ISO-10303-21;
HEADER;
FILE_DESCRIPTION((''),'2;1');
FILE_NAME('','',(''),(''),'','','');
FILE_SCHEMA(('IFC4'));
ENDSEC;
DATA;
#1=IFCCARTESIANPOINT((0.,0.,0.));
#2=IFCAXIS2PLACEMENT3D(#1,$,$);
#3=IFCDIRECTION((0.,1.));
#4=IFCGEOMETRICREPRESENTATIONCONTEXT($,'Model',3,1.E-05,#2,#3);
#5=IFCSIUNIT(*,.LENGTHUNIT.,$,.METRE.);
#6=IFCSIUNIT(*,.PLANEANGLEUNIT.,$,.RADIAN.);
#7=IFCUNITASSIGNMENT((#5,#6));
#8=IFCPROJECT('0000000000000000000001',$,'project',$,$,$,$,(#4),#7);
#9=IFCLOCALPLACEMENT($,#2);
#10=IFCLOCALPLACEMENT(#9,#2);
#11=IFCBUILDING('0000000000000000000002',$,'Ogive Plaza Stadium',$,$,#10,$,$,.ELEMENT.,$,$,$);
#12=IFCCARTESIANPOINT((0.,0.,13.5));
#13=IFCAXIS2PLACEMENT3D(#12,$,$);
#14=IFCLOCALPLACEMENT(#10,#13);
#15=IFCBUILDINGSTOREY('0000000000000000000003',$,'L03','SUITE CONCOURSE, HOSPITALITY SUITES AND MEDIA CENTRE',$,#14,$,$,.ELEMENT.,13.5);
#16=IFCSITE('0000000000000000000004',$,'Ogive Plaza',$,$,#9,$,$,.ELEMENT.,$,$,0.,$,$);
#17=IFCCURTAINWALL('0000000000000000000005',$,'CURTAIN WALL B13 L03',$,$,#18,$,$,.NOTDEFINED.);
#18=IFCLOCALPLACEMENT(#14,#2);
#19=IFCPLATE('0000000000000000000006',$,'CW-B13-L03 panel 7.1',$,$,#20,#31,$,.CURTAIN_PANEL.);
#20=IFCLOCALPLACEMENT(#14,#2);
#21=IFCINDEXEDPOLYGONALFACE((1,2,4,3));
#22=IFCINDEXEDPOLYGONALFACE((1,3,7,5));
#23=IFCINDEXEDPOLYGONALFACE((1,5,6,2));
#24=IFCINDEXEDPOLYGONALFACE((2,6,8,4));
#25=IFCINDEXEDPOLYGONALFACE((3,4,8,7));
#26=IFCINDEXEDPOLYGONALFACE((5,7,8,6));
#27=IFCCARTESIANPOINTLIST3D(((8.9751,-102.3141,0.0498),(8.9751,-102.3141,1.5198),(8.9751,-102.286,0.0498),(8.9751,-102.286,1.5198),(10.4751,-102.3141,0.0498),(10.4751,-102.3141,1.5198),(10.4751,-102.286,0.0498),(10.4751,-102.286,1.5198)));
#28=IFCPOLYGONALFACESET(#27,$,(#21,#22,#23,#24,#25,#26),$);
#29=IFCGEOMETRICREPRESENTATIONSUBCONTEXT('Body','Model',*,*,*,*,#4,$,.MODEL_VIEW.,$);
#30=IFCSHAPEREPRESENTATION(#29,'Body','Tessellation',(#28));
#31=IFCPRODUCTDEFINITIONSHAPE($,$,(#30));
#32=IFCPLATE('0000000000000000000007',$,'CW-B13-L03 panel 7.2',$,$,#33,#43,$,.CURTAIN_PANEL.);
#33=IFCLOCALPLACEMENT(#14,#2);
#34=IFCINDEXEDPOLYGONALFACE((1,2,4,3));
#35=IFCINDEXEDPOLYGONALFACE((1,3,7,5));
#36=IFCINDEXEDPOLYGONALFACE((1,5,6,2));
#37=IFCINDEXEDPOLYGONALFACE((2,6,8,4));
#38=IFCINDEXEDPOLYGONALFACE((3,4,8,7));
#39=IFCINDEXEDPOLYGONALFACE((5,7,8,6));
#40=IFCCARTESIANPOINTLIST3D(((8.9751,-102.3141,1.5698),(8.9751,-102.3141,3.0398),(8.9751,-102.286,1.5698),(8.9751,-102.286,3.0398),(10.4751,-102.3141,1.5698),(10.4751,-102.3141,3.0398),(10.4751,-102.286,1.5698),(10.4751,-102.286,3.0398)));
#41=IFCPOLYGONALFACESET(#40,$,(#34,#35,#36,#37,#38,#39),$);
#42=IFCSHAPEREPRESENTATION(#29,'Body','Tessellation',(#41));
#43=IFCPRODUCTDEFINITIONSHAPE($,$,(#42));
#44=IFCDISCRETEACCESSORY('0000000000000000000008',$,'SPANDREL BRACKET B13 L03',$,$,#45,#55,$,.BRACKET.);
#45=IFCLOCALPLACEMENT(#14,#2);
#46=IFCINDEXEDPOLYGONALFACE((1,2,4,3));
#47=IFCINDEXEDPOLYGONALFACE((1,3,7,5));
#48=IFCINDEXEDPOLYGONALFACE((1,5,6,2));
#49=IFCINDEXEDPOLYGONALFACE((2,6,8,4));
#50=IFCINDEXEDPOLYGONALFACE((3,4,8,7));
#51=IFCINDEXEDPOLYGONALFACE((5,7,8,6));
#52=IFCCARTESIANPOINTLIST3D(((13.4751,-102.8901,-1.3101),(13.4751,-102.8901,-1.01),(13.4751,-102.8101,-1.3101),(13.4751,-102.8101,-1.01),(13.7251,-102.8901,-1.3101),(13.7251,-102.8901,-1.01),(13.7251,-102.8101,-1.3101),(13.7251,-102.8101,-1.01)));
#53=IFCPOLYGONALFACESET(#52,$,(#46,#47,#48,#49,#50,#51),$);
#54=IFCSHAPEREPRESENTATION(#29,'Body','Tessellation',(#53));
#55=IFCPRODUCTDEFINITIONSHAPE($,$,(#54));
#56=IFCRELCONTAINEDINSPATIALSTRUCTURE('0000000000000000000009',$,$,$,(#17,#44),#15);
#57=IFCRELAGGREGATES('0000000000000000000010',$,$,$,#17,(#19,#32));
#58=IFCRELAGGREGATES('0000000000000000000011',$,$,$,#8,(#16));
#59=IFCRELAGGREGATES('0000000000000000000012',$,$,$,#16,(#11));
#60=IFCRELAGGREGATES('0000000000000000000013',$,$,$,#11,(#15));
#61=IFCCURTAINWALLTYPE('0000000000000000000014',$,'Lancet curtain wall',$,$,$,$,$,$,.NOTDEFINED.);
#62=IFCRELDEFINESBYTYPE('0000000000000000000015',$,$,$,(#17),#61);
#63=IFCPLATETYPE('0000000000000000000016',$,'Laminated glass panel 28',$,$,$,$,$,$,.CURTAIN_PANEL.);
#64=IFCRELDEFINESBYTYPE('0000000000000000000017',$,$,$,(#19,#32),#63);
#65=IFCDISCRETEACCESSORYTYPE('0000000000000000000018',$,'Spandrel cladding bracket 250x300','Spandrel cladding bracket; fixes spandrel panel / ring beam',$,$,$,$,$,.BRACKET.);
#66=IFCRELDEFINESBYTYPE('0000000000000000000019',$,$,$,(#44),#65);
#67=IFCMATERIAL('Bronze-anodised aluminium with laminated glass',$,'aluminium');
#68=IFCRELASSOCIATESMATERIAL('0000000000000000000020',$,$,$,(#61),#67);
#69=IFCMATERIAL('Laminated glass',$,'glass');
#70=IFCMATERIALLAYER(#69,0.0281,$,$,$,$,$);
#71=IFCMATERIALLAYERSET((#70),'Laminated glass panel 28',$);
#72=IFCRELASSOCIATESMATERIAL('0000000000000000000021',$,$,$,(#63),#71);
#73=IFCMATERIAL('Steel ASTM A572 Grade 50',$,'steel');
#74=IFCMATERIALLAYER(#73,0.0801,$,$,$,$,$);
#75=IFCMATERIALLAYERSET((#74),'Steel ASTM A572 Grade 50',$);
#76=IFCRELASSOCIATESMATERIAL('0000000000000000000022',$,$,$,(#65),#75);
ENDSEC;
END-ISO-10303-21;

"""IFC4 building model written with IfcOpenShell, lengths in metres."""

from ifc_helpers import new_model, si_unit, direction, frame, origin, origin_2d, place, context, subcontext, project, spatial, rectangle, extrude, material, layer, layer_set, type_object, element, aggregate, save


model = new_model("IFC4")

# Units and contexts
model_context = context("Model", 3, precision=1e-05, world=origin(), true_north=direction((0.0, 1.0)))
body_context = subcontext(model_context, "Body", "Model", "MODEL_VIEW")
ifc_project = project(units=[si_unit("LENGTHUNIT", "METRE"), si_unit("PLANEANGLEUNIT", "RADIAN")], contexts=[model_context])

# Site, building, storey
site_placement = place(None, origin())
site = spatial("IfcSite", under=ifc_project, at=site_placement, Name="Ogive Plaza", CompositionType="ELEMENT", RefElevation=0.0)
building_placement = place(site_placement, origin())
building = spatial("IfcBuilding", under=site, at=building_placement, Name="Ogive Plaza Stadium", CompositionType="ELEMENT")
storey_placement = place(building_placement, frame((0.0, 0.0, 13.5)))
storey = spatial("IfcBuildingStorey", under=building, at=storey_placement, Name="L03", Description="SUITE CONCOURSE, HOSPITALITY SUITES AND MEDIA CENTRE", CompositionType="ELEMENT", Elevation=13.5)

# Curtain wall
ifc_material_1 = material(Name="Bronze-anodised aluminium with laminated glass", Category="aluminium")
curtain_wall_type = type_object("IfcCurtainWallType", Name="Lancet curtain wall", PredefinedType="NOTDEFINED", material=ifc_material_1)
curtain_wall_placement = place(storey_placement, origin())
curtain_wall = element("IfcCurtainWall", 1, at=curtain_wall_placement, inside=storey, type_object=curtain_wall_type, Name="CURTAIN WALL B13 L03", PredefinedType="NOTDEFINED")

# Plates
ifc_material_2 = material(Name="Laminated glass", Category="glass")
ifc_layer_1 = layer(ifc_material_2, 0.0281)
ifc_layer_set_1 = layer_set([ifc_layer_1], Name="Laminated glass panel 28")
plate_type = type_object("IfcPlateType", Name="Laminated glass panel 28", PredefinedType="CURTAIN_PANEL", material=ifc_layer_set_1)
plate_1_placement = place(storey_placement, frame((9.7251, -102.3, 0.0498), z_axis=(0.0, 0.0, 1.0), x_axis=(-1.0, 0.0, 0.0)))
plate_1 = element("IfcPlate", 2, at=plate_1_placement, type_object=plate_type, Name="CW-B13-L03 panel 7.1", PredefinedType="CURTAIN_PANEL", context=body_context, shape_type="SweptSolid", body=[
    extrude(rectangle(XDim=1.5, YDim=0.0281, at=origin_2d()), origin(), (0.0, 0.0, 1.0), 1.47),
])
plate_2_placement = place(storey_placement, frame((9.7251, -102.3, 1.5698), z_axis=(0.0, 0.0, 1.0), x_axis=(-1.0, 0.0, 0.0)))
plate_2 = element("IfcPlate", 3, at=plate_2_placement, type_object=plate_type, Name="CW-B13-L03 panel 7.2", PredefinedType="CURTAIN_PANEL", context=body_context, shape_type="SweptSolid", body=[
    extrude(rectangle(XDim=1.5, YDim=0.0281, at=origin_2d()), origin(), (0.0, 0.0, 1.0), 1.47),
])
aggregate(curtain_wall, [plate_1, plate_2])

# Discrete accessory
ifc_material_3 = material(Name="Steel ASTM A572 Grade 50", Category="steel")
ifc_layer_2 = layer(ifc_material_3, 0.0801)
ifc_layer_set_2 = layer_set([ifc_layer_2], Name="Steel ASTM A572 Grade 50")
discrete_accessory_type = type_object("IfcDiscreteAccessoryType", Name="Spandrel cladding bracket 250x300", Description="Spandrel cladding bracket; fixes spandrel panel / ring beam", PredefinedType="BRACKET", material=ifc_layer_set_2)
discrete_accessory_placement = place(storey_placement, frame((13.6001, -102.8501, -1.3101), z_axis=(0.0, 0.0, 1.0), x_axis=(-1.0, 0.0, 0.0)))
element("IfcDiscreteAccessory", 4, at=discrete_accessory_placement, inside=storey, type_object=discrete_accessory_type, Name="SPANDREL BRACKET B13 L03", PredefinedType="BRACKET", context=body_context, shape_type="SweptSolid", body=[
    extrude(rectangle(XDim=0.25, YDim=0.0801, at=origin_2d()), origin(), (0.0, 0.0, 1.0), 0.3),
])

save(model, "model.ifc")
